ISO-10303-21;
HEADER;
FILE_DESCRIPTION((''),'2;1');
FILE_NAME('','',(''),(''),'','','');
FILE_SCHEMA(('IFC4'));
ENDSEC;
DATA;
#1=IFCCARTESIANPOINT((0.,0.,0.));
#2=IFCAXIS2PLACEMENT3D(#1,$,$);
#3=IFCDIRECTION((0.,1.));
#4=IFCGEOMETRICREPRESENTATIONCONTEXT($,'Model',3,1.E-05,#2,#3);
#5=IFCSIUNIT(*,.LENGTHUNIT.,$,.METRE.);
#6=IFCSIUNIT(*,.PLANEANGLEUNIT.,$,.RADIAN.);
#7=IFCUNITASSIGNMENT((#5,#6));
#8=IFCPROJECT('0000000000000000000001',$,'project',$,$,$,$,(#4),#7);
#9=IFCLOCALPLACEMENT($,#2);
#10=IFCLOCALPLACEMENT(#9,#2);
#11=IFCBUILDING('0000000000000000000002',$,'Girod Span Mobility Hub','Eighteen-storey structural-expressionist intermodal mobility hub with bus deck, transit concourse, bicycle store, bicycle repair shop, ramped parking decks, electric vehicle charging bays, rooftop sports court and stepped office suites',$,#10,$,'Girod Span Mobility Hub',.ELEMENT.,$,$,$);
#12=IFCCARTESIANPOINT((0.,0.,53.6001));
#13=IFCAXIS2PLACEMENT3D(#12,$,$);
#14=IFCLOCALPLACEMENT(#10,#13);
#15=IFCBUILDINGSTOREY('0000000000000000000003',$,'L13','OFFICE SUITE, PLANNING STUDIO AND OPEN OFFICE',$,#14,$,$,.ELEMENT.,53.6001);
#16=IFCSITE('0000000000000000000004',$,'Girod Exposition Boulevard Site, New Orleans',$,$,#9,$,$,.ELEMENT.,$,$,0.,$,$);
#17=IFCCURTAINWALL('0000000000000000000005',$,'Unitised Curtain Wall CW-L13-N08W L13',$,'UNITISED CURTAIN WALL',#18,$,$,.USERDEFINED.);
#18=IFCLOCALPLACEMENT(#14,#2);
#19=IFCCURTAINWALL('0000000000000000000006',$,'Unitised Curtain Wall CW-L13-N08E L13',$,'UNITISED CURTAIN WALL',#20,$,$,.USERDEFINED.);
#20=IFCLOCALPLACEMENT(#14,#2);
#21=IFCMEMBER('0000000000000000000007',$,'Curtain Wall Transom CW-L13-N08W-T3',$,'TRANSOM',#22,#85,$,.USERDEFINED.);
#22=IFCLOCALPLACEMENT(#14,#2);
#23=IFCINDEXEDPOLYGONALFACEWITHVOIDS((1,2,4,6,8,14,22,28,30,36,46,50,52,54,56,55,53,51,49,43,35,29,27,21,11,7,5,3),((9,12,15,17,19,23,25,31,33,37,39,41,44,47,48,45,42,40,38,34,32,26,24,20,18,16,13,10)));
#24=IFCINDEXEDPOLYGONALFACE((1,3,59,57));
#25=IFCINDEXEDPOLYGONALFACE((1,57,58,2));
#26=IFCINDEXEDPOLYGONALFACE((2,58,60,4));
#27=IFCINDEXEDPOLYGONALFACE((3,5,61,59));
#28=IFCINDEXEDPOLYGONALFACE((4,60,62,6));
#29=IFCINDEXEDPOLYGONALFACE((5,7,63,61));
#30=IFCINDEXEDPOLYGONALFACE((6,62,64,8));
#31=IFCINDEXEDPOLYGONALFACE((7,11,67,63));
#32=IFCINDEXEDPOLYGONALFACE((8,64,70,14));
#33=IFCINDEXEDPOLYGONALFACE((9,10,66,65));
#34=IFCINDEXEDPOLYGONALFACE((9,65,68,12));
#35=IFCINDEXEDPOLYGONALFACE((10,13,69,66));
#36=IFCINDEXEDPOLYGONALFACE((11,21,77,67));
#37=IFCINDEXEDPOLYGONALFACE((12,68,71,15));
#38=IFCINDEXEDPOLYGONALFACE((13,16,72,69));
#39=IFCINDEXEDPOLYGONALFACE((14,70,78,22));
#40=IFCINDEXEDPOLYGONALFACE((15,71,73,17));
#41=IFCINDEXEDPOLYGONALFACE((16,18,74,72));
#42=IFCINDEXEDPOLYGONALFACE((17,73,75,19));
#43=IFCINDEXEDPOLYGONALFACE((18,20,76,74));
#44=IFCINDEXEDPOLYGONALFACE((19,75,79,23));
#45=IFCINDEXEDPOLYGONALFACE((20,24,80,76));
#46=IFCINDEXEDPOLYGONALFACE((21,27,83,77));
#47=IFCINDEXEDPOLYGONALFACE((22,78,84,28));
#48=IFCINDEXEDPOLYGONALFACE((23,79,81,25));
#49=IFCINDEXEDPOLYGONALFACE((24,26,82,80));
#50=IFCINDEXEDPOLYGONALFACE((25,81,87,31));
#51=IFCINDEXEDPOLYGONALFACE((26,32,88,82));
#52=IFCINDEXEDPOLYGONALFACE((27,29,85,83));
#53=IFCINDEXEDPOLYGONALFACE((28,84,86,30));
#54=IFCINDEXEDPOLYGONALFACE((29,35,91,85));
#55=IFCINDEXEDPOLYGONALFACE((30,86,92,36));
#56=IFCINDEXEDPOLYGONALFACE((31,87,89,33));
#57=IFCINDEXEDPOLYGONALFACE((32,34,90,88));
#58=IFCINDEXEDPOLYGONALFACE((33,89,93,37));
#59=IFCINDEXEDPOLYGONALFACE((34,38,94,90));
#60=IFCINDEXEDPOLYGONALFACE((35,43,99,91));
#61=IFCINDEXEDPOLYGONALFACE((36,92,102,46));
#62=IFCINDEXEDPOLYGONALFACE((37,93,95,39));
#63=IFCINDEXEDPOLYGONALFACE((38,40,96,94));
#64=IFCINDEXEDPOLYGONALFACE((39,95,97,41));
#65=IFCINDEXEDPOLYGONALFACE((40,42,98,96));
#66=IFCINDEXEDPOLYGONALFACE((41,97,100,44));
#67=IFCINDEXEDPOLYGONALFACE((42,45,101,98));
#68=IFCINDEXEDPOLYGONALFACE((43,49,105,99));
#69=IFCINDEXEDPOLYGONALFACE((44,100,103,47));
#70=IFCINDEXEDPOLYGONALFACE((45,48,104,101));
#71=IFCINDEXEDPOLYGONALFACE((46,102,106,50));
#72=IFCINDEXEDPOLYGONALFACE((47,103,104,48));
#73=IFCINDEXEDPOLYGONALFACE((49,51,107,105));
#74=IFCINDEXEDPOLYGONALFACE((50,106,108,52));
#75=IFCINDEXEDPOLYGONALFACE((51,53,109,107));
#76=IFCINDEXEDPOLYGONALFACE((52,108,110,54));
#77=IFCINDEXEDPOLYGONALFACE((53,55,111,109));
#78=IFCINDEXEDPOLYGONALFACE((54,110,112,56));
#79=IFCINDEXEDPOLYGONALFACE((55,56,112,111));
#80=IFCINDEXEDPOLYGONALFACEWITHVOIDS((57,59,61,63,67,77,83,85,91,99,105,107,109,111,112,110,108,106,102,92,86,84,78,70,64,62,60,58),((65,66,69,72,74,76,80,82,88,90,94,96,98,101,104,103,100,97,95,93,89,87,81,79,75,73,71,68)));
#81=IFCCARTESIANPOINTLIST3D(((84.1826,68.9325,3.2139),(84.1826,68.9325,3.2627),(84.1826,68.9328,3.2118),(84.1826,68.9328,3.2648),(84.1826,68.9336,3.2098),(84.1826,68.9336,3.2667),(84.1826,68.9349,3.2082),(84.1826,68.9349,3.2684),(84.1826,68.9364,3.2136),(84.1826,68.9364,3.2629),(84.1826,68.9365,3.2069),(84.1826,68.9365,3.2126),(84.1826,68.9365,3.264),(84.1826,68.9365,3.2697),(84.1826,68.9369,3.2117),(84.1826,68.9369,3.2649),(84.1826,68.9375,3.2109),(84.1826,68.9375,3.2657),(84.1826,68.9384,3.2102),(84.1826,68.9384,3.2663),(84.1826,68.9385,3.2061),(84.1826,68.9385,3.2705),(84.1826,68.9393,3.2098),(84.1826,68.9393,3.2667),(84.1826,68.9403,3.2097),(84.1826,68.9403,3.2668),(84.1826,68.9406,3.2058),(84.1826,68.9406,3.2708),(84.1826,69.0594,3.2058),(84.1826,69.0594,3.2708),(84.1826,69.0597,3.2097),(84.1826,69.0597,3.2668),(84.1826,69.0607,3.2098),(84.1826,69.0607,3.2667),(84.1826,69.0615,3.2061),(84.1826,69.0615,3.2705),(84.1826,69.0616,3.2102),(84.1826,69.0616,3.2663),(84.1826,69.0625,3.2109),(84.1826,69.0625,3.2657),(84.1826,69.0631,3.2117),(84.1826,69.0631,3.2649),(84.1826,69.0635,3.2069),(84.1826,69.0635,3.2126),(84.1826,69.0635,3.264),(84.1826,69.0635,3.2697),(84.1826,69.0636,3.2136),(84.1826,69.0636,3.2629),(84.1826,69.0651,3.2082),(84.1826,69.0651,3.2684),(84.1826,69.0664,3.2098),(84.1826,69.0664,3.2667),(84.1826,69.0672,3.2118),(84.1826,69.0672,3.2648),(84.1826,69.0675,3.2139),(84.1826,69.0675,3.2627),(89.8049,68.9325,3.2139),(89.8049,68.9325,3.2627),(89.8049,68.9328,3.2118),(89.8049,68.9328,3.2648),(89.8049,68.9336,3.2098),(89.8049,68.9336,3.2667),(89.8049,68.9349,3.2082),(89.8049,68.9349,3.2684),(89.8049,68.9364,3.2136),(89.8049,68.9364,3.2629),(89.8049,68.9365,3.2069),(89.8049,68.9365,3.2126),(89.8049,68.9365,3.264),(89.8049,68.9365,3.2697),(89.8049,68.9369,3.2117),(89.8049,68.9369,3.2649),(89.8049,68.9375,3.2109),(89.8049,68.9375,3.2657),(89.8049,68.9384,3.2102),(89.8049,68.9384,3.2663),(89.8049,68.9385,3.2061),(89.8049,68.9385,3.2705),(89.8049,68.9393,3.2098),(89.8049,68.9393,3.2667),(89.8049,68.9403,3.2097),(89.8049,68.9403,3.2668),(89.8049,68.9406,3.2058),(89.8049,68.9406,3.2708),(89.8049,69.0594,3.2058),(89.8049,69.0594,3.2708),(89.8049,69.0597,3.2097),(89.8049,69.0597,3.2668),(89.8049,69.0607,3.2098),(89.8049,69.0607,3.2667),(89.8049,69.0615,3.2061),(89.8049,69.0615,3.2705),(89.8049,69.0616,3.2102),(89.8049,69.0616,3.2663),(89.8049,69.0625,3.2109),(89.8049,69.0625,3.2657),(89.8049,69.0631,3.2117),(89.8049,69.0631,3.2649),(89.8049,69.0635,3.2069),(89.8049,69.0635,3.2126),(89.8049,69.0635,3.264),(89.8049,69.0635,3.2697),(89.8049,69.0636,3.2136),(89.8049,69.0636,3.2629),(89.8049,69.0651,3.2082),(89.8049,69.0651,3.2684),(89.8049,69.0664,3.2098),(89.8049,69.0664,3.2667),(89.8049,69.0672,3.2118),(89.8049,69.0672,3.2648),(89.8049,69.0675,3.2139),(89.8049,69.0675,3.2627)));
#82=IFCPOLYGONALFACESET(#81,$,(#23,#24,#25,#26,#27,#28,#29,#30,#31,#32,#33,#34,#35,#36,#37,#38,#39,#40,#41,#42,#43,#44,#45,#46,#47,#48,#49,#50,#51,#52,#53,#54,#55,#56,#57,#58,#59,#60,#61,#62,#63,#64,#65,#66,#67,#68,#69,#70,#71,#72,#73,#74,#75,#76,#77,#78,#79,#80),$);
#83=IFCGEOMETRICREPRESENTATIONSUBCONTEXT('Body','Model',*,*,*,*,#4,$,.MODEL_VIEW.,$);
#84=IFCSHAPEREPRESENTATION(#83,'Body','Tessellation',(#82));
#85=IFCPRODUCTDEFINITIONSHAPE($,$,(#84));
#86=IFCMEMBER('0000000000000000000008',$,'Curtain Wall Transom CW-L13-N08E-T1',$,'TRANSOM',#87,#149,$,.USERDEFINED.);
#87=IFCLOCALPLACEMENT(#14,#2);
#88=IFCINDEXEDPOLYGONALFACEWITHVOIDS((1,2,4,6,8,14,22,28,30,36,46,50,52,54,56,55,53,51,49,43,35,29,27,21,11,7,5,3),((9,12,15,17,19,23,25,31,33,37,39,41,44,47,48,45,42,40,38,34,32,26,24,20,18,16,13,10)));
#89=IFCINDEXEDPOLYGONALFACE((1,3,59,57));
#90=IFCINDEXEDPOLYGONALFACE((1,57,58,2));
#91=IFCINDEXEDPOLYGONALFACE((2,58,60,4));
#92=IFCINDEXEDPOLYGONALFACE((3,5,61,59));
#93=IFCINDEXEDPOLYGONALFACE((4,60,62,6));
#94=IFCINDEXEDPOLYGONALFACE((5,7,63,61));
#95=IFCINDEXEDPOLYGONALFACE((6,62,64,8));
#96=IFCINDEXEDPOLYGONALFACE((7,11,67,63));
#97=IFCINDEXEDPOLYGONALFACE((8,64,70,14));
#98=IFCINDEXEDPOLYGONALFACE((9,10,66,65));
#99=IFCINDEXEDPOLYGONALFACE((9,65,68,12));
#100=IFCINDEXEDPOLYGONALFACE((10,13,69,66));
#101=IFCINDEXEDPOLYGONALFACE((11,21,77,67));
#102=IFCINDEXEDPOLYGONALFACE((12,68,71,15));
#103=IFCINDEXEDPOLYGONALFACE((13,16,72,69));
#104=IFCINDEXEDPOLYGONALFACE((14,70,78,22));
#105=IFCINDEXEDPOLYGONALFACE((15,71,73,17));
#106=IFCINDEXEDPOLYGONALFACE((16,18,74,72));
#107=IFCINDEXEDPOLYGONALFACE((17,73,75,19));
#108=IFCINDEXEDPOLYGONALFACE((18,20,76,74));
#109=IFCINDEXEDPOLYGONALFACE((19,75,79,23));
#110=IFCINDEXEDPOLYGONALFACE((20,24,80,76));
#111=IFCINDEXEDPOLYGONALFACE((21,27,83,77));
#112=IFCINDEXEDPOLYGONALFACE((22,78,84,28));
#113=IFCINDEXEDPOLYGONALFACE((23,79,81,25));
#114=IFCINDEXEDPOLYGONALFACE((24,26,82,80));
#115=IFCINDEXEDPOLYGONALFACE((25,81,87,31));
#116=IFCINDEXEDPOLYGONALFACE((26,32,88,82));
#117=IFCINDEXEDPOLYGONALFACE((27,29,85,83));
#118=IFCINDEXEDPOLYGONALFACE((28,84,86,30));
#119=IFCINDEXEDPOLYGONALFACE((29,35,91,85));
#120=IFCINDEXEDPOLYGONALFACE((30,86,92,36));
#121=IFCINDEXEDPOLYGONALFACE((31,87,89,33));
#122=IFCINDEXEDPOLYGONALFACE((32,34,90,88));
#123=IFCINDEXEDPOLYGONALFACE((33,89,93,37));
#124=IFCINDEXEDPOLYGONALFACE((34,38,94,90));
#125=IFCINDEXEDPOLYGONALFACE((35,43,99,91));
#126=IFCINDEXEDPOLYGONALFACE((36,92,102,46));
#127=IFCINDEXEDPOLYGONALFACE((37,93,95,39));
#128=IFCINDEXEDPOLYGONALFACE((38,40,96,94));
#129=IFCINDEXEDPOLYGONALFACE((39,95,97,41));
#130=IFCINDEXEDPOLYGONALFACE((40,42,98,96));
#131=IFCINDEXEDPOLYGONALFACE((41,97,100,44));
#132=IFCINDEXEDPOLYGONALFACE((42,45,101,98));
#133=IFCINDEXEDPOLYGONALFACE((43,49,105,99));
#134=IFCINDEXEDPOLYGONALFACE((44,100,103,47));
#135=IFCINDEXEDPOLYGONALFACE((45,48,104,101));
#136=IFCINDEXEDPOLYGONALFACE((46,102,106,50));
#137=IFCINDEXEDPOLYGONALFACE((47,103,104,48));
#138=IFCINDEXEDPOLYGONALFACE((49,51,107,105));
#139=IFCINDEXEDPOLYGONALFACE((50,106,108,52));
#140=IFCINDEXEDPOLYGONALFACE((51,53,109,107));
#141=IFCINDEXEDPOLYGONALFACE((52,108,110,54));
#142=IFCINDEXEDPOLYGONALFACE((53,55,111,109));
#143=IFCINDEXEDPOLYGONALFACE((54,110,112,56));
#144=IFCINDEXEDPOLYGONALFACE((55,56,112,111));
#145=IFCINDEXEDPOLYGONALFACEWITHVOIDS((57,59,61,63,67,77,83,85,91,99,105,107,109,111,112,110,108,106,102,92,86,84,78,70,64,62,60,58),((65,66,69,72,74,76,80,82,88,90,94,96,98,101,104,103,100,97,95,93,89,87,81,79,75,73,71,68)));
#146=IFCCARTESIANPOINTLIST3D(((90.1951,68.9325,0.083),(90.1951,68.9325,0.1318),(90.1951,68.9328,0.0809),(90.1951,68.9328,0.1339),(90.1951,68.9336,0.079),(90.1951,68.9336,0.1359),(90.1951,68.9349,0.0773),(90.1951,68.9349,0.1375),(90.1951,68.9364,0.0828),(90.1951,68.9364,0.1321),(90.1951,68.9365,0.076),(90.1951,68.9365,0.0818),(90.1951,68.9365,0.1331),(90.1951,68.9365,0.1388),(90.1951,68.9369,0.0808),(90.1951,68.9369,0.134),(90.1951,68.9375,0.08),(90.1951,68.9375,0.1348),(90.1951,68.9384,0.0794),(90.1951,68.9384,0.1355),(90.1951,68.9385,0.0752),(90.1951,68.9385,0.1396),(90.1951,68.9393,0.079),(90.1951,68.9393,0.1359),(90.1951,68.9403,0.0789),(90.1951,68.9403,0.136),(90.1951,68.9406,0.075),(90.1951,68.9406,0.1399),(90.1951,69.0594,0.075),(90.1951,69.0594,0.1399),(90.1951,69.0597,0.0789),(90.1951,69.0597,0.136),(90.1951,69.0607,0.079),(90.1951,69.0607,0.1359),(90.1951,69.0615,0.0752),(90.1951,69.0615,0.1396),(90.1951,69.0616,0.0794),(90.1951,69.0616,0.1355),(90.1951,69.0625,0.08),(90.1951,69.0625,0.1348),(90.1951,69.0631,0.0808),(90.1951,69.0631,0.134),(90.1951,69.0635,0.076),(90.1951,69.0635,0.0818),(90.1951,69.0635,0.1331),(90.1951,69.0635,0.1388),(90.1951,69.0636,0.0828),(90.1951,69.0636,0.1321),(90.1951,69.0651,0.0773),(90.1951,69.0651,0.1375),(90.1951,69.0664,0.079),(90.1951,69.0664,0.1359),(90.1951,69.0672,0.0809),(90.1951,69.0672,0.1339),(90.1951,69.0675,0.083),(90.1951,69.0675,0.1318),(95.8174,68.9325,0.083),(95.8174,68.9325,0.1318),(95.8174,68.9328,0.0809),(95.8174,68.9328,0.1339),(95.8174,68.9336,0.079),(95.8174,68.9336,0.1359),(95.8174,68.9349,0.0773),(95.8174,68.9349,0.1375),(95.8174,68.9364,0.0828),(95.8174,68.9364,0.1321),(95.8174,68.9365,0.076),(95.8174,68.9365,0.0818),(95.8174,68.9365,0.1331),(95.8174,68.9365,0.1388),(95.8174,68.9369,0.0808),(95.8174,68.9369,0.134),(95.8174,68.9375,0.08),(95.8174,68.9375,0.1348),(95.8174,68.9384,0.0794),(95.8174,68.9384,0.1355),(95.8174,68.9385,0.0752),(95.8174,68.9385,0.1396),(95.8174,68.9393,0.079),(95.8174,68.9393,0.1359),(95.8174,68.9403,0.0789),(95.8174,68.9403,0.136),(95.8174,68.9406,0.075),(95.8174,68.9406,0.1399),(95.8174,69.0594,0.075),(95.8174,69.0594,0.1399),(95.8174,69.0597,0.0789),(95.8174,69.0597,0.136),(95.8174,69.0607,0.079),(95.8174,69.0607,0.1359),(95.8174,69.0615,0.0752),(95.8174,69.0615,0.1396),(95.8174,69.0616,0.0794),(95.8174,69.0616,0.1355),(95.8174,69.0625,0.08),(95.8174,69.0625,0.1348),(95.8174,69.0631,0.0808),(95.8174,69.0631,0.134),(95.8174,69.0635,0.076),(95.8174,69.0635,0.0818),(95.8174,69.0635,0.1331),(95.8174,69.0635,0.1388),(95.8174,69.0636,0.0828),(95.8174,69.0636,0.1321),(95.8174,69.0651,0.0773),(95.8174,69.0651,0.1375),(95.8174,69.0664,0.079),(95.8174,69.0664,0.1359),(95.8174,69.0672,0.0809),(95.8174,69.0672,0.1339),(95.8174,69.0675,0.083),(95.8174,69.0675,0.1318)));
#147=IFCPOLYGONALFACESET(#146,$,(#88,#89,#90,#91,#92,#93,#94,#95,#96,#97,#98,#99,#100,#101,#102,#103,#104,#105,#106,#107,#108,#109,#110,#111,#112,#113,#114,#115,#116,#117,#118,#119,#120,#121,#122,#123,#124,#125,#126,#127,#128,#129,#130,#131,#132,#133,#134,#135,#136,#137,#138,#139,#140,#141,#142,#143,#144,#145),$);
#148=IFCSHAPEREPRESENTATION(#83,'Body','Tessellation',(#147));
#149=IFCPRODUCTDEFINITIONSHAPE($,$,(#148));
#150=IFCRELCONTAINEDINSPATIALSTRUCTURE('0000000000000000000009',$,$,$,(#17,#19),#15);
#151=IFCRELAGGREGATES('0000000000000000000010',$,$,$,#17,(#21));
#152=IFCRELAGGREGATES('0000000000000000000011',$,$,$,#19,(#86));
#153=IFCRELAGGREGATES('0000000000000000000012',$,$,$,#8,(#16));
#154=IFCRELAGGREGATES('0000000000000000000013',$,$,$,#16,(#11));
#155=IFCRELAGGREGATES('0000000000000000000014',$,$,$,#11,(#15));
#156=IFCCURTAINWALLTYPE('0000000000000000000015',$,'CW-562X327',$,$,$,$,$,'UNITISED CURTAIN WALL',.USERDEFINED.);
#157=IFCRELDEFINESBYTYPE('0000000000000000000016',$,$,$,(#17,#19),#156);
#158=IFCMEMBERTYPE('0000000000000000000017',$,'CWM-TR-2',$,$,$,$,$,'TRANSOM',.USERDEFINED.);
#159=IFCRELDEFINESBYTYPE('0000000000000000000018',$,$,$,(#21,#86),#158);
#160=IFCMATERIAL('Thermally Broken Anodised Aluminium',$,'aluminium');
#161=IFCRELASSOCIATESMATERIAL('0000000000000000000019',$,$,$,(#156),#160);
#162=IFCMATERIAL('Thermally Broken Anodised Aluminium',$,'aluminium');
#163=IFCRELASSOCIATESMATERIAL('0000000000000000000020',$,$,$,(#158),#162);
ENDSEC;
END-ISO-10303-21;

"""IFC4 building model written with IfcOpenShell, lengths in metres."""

from ifc_helpers import new_model, si_unit, direction, frame, origin, origin_2d, place, context, subcontext, project, spatial, hollow_rectangle, extrude, material, material_profile, profile_set, type_object, element, aggregate, save


model = new_model("IFC4")

# Units and contexts
model_context = context("Model", 3, precision=1e-05, world=origin(), true_north=direction((0.0, 1.0)))
body_context = subcontext(model_context, "Body", "Model", "MODEL_VIEW")
ifc_project = project(units=[si_unit("LENGTHUNIT", "METRE"), si_unit("PLANEANGLEUNIT", "RADIAN")], contexts=[model_context])

# Site, building, storey
site_placement = place(None, origin())
site = spatial("IfcSite", under=ifc_project, at=site_placement, Name="Girod Exposition Boulevard Site, New Orleans", CompositionType="ELEMENT", RefElevation=0.0)
building_placement = place(site_placement, origin())
building = spatial("IfcBuilding", under=site, at=building_placement, Name="Girod Span Mobility Hub", Description="Eighteen-storey structural-expressionist intermodal mobility hub with bus deck, transit concourse, bicycle store, bicycle repair shop, ramped parking decks, electric vehicle charging bays, rooftop sports court and stepped office suites", LongName="Girod Span Mobility Hub", CompositionType="ELEMENT")
storey_placement = place(building_placement, frame((0.0, 0.0, 53.6001)))
storey = spatial("IfcBuildingStorey", under=building, at=storey_placement, Name="L13", Description="OFFICE SUITE, PLANNING STUDIO AND OPEN OFFICE", CompositionType="ELEMENT", Elevation=53.6001)

# Curtain wall
ifc_material_1 = material(Name="Thermally Broken Anodised Aluminium", Category="aluminium")
curtain_wall_type = type_object("IfcCurtainWallType", Name="CW-562X327", ElementType="UNITISED CURTAIN WALL", PredefinedType="USERDEFINED", material=ifc_material_1)
curtain_wall_1_placement = place(storey_placement, origin())
curtain_wall_1 = element("IfcCurtainWall", 1, at=curtain_wall_1_placement, inside=storey, type_object=curtain_wall_type, Name="Unitised Curtain Wall CW-L13-N08W L13", ObjectType="UNITISED CURTAIN WALL", PredefinedType="USERDEFINED")

# Curtain wall
curtain_wall_2_placement = place(storey_placement, origin())
curtain_wall_2 = element("IfcCurtainWall", 2, at=curtain_wall_2_placement, inside=storey, type_object=curtain_wall_type, Name="Unitised Curtain Wall CW-L13-N08E L13", ObjectType="UNITISED CURTAIN WALL", PredefinedType="USERDEFINED")

# Members
ifc_material_2 = material(Name="Thermally Broken Anodised Aluminium", Category="aluminium")
ifc_material_profile_1 = material_profile(ifc_material_2, hollow_rectangle(XDim=0.135, YDim=0.0649, WallThickness=0.0039, InnerFilletRadius=0.0039, OuterFilletRadius=0.0081, at=origin_2d()), Name="CW-TR-65X135")
ifc_profile_set_1 = profile_set([ifc_material_profile_1], Name="Thermally Broken Anodised Aluminium")
member_type_1 = type_object("IfcMemberType", Name="CWM-TR-2", ElementType="TRANSOM", PredefinedType="USERDEFINED", material=ifc_profile_set_1)
member_1_placement = place(storey_placement, frame((84.1826, 69.0, 3.2383), z_axis=(1.0, 0.0, 0.0), x_axis=(0.0, 1.0, 0.0)))
member_1 = element("IfcMember", 3, at=member_1_placement, type_object=member_type_1, Name="Curtain Wall Transom CW-L13-N08W-T3", ObjectType="TRANSOM", PredefinedType="USERDEFINED", context=body_context, shape_type="SweptSolid", body=[
    extrude(hollow_rectangle(XDim=0.135, YDim=0.0649, WallThickness=0.0039, InnerFilletRadius=0.0039, OuterFilletRadius=0.0081, at=origin_2d()), origin(), (0.0, 0.0, 1.0), 5.6223),
])
member_2_placement = place(storey_placement, frame((90.1951, 69.0, 0.1074), z_axis=(1.0, 0.0, 0.0), x_axis=(0.0, 1.0, 0.0)))
member_2 = element("IfcMember", 4, at=member_2_placement, type_object=member_type_1, Name="Curtain Wall Transom CW-L13-N08E-T1", ObjectType="TRANSOM", PredefinedType="USERDEFINED", context=body_context, shape_type="SweptSolid", body=[
    extrude(hollow_rectangle(XDim=0.135, YDim=0.0649, WallThickness=0.0039, InnerFilletRadius=0.0039, OuterFilletRadius=0.0081, at=origin_2d()), origin(), (0.0, 0.0, 1.0), 5.6223),
])

aggregate(curtain_wall_1, [member_1])
aggregate(curtain_wall_2, [member_2])

save(model, "model.ifc")
